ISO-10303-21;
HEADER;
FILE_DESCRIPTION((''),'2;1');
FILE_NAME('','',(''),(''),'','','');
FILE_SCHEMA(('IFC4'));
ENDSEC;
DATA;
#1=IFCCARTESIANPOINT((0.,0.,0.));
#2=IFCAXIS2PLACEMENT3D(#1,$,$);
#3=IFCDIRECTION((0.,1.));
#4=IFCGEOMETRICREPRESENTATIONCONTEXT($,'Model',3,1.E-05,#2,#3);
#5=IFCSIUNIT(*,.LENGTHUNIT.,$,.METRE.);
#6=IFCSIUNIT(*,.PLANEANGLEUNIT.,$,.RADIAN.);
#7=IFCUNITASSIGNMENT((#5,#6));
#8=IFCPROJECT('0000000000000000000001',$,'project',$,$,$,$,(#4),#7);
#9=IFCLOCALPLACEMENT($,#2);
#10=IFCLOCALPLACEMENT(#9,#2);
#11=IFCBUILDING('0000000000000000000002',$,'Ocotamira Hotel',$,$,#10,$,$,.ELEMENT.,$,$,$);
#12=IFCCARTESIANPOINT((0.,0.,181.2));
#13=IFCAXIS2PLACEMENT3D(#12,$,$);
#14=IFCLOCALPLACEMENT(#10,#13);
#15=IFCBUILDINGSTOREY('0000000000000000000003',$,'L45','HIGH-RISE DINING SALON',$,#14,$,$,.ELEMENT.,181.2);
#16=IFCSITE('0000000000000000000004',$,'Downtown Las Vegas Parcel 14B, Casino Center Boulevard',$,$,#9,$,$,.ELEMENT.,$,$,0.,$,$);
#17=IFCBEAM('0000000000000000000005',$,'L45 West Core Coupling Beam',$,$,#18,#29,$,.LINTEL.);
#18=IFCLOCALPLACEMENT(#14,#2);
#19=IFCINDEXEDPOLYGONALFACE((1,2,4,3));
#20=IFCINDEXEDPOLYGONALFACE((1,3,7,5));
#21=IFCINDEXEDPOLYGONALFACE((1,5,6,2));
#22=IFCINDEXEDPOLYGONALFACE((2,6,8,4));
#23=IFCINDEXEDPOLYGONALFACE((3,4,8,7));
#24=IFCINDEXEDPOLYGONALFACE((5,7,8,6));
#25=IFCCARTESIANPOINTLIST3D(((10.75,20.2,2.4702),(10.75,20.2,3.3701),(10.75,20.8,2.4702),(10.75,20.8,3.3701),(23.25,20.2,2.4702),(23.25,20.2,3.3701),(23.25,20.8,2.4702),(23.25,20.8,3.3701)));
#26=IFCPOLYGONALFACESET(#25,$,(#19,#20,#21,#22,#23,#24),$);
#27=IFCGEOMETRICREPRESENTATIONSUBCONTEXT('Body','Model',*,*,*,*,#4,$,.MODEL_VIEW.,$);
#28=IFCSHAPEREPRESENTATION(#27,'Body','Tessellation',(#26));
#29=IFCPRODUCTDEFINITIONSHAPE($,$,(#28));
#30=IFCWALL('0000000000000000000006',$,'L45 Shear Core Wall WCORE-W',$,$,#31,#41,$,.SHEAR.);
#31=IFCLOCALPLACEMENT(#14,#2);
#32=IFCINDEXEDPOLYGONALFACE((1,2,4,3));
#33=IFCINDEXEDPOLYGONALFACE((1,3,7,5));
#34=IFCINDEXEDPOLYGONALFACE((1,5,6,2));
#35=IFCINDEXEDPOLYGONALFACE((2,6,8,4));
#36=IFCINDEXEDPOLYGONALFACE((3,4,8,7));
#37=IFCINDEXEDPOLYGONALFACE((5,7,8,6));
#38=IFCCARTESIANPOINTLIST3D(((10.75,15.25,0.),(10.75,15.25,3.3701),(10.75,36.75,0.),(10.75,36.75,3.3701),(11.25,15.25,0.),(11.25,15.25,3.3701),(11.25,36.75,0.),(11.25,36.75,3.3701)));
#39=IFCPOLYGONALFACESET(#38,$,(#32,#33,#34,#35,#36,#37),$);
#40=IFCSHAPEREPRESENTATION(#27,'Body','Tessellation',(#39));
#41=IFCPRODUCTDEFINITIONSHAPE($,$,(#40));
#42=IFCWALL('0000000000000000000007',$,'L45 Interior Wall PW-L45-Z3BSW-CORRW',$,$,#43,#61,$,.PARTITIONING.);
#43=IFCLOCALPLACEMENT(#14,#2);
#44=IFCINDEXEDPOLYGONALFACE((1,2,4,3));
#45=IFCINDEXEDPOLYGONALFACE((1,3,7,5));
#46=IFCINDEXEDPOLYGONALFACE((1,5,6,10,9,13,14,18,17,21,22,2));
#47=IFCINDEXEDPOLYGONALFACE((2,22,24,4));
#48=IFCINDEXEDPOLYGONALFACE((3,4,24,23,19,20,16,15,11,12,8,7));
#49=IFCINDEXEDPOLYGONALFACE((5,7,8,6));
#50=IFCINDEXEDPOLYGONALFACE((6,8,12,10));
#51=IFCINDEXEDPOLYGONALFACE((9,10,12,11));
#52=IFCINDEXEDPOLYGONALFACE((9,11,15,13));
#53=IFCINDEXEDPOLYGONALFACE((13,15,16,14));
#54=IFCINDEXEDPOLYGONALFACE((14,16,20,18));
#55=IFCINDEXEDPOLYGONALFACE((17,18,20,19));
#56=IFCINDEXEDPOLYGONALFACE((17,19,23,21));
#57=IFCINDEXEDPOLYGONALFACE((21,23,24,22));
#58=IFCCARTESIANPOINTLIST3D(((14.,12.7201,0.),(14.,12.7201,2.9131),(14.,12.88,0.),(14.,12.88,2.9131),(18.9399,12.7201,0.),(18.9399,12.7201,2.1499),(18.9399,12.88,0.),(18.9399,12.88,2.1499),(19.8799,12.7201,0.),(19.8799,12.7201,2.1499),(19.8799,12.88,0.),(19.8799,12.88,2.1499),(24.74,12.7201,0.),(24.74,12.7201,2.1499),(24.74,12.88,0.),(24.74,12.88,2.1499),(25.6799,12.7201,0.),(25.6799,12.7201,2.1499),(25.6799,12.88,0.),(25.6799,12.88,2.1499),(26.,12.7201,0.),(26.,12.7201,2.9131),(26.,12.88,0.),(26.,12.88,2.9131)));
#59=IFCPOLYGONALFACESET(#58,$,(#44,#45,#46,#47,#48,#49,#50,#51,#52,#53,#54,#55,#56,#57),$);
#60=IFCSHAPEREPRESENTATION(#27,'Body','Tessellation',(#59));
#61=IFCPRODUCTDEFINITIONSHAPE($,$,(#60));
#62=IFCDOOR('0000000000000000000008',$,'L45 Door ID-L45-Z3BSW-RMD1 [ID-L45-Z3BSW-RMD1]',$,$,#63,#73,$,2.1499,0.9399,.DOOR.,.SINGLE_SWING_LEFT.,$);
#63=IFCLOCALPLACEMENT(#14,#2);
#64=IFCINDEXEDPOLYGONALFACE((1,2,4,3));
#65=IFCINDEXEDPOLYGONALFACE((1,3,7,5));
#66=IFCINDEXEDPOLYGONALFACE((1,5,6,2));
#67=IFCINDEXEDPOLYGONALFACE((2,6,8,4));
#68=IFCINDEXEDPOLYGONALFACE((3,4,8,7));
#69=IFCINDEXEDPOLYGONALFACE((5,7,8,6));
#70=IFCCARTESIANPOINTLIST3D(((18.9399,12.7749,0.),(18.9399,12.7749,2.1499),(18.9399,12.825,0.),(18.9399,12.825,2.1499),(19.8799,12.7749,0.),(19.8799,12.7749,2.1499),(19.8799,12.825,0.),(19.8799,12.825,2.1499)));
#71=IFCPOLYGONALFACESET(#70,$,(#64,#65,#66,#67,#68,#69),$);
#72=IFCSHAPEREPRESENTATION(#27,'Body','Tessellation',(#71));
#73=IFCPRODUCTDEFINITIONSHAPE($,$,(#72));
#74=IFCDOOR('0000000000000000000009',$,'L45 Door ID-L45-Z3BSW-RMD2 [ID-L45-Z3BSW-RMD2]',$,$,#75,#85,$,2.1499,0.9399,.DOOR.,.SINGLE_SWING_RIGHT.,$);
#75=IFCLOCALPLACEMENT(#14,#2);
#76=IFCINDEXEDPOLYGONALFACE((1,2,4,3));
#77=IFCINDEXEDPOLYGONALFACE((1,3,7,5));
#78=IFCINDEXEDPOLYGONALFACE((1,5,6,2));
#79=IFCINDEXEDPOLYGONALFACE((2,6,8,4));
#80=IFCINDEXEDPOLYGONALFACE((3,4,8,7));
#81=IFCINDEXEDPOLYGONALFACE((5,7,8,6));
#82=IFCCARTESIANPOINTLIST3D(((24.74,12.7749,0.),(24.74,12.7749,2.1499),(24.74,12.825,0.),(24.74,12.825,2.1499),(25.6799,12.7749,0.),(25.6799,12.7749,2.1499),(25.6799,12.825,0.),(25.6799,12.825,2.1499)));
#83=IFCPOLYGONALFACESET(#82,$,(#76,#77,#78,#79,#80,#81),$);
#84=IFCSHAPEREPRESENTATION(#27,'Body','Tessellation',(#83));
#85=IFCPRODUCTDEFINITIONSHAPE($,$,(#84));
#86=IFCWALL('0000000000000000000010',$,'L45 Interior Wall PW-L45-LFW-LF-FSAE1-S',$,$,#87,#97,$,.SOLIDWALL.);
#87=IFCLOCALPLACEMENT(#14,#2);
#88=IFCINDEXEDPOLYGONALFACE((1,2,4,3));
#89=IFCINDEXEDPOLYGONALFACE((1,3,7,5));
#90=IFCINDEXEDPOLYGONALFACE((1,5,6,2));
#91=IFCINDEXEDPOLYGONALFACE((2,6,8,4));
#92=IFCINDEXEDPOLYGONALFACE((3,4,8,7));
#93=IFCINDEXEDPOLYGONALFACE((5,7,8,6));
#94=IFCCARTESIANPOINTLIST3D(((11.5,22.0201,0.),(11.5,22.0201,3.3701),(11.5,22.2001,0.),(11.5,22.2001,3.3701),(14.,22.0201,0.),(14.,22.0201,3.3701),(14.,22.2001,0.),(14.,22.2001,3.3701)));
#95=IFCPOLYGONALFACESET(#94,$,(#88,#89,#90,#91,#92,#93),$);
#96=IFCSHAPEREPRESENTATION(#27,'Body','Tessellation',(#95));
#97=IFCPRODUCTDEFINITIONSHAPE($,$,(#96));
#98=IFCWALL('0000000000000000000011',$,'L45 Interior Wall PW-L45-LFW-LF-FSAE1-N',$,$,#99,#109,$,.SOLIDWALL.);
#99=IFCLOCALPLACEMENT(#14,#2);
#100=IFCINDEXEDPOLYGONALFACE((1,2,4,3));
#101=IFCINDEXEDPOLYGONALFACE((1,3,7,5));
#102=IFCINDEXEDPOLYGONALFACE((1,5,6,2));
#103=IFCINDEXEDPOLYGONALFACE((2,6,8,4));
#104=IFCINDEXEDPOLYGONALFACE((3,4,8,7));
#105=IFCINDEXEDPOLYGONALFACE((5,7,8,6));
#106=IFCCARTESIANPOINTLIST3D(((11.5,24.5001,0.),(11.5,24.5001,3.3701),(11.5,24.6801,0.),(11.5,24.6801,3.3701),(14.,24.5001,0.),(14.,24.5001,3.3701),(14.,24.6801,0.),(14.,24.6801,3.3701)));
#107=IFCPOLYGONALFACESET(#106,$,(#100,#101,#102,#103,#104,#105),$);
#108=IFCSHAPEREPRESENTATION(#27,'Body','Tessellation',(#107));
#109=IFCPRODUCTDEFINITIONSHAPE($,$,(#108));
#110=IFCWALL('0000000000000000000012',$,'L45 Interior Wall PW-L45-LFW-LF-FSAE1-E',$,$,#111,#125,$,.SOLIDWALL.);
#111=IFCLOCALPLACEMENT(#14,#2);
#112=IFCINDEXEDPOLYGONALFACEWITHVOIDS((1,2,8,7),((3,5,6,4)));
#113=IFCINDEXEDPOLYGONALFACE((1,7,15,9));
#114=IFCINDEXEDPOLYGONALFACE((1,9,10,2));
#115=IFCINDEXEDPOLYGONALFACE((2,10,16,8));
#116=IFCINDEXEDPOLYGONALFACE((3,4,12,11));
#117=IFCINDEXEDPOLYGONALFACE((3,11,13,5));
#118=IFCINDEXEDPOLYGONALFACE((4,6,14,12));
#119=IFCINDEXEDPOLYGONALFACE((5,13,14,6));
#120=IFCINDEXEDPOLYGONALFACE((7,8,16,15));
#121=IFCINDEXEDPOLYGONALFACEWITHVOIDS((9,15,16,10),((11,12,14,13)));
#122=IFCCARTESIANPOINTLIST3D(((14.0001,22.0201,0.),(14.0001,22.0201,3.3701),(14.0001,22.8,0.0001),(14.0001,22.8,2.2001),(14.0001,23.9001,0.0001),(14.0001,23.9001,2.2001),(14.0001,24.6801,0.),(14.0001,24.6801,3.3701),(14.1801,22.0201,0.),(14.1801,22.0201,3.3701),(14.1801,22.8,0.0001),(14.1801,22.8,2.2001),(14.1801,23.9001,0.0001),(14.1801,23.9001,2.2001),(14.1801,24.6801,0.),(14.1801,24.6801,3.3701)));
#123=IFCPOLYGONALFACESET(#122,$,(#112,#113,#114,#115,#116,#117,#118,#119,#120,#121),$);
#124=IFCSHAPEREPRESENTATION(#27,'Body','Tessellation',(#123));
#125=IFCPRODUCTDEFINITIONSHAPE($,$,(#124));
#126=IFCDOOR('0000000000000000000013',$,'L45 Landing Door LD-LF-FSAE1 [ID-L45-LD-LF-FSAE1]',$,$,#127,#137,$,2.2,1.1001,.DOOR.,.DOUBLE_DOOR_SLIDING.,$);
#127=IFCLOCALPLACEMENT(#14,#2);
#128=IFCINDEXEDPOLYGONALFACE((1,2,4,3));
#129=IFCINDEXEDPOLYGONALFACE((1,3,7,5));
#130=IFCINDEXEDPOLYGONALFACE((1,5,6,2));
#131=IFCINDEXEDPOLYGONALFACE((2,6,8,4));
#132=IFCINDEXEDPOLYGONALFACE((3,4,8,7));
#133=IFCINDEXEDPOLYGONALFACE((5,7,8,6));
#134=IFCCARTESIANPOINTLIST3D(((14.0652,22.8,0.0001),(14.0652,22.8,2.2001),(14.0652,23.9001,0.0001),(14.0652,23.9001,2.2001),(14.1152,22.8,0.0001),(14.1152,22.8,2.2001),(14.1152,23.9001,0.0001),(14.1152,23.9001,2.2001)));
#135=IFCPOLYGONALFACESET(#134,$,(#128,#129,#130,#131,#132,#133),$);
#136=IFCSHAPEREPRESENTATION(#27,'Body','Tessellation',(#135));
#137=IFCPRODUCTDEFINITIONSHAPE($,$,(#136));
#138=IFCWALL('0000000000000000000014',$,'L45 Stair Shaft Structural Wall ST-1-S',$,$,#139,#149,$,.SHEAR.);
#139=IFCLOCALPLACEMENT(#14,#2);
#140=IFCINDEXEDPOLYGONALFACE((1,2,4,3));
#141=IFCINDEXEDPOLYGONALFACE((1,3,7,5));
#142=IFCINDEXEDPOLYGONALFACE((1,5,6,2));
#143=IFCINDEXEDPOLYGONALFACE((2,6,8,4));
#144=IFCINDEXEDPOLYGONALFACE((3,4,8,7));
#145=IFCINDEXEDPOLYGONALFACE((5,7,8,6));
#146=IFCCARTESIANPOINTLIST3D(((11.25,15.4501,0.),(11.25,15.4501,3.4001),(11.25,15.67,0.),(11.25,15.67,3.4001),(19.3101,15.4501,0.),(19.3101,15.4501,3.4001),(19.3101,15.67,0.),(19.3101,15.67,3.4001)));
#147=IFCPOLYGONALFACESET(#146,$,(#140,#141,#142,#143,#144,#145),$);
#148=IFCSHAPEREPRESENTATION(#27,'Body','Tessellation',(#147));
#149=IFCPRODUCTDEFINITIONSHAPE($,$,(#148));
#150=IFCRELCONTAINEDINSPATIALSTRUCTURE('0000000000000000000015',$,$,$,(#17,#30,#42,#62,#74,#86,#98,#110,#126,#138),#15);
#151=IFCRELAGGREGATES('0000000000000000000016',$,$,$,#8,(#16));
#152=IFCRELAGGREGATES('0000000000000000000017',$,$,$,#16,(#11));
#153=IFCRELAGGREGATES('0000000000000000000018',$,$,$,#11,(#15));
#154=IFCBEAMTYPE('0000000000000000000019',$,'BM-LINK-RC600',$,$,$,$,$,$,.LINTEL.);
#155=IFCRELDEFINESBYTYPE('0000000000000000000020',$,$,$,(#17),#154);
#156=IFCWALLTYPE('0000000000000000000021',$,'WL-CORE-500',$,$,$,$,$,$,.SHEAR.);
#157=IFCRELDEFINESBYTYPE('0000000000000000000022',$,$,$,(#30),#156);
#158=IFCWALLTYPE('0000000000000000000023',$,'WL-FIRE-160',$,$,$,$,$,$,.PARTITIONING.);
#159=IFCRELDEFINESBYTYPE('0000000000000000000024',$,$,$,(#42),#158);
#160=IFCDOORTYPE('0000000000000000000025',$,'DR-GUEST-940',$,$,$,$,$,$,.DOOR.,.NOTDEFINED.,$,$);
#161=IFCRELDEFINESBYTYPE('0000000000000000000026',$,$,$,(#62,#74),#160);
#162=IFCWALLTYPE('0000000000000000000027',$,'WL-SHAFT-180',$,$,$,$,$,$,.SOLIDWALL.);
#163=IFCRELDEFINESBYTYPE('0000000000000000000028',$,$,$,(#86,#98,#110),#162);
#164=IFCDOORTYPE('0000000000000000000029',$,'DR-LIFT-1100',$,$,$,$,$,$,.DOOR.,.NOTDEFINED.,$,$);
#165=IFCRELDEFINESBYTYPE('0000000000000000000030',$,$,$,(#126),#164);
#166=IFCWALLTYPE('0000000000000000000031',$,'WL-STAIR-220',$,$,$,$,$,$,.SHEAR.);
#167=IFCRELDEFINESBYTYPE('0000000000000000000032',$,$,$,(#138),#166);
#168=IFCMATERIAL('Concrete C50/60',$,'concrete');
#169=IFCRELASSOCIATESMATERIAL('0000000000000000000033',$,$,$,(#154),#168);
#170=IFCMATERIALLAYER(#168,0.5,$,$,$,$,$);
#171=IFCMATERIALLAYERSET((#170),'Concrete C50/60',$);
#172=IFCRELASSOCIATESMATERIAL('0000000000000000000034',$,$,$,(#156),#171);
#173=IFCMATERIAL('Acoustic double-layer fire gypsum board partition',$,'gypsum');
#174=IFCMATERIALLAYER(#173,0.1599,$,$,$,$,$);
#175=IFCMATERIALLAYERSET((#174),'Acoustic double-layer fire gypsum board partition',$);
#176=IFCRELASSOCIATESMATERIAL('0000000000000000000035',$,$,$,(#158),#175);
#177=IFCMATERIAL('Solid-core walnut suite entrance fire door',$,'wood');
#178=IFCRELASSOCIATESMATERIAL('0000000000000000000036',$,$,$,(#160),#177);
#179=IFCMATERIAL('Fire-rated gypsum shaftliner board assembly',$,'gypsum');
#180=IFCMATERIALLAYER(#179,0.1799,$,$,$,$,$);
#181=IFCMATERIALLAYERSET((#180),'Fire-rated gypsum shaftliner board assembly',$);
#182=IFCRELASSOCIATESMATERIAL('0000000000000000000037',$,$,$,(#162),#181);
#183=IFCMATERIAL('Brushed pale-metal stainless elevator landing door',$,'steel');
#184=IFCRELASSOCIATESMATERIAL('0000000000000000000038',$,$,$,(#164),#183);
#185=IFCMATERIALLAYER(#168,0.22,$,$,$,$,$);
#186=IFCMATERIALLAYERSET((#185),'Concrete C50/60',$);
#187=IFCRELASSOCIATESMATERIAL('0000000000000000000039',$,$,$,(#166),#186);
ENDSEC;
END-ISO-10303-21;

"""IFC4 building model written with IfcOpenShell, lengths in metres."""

from ifc_helpers import new_model, si_unit, direction, frame, frame_2d, origin, origin_2d, place, context, subcontext, project, spatial, rectangle, extrude, source, transform, mapped, material, layer, layer_set, material_profile, profile_set, type_object, element, fill, save


model = new_model("IFC4")

# Units and contexts
model_context = context("Model", 3, precision=1e-05, world=origin(), true_north=direction((0.0, 1.0)))
body_context = subcontext(model_context, "Body", "Model", "MODEL_VIEW")
ifc_project = project(units=[si_unit("LENGTHUNIT", "METRE"), si_unit("PLANEANGLEUNIT", "RADIAN")], contexts=[model_context])

# Site, building, storey
site_placement = place(None, origin())
site = spatial("IfcSite", under=ifc_project, at=site_placement, Name="Downtown Las Vegas Parcel 14B, Casino Center Boulevard", CompositionType="ELEMENT", RefElevation=0.0)
building_placement = place(site_placement, origin())
building = spatial("IfcBuilding", under=site, at=building_placement, Name="Ocotamira Hotel", CompositionType="ELEMENT")
storey_placement = place(building_placement, frame((0.0, 0.0, 181.2)))
storey = spatial("IfcBuildingStorey", under=building, at=storey_placement, Name="L45", Description="HIGH-RISE DINING SALON", CompositionType="ELEMENT", Elevation=181.2)

# Beam
ifc_material_1 = material(Name="Concrete C50/60", Category="concrete")
ifc_material_profile = material_profile(ifc_material_1, rectangle(XDim=0.6001, YDim=0.8999, at=origin_2d()), Name="RC600X900")
ifc_profile_set = profile_set([ifc_material_profile], Name="Concrete C50/60")
beam_type = type_object("IfcBeamType", Name="BM-LINK-RC600", PredefinedType="LINTEL", material=ifc_profile_set)
shared_shape_1 = source(origin(), body_context, "Body", "SweptSolid", [
    extrude(rectangle(XDim=0.6001, YDim=0.8999, at=origin_2d()), origin(), (0.0, 0.0, 1.0), 12.5),
])
beam_placement = place(storey_placement, frame((10.75, 20.5, 2.9202), z_axis=(1.0, 0.0, 0.0), x_axis=(0.0, 1.0, 0.0)))
element("IfcBeam", 1, at=beam_placement, inside=storey, type_object=beam_type, Name="L45 West Core Coupling Beam", PredefinedType="LINTEL", context=body_context, shape_type="MappedRepresentation", body=[
    mapped(shared_shape_1, transform((0.0, 0.0, 0.0), scale=1.0)),
])

# Shared definitions
ifc_layer_1 = layer(ifc_material_1, 0.5)
ifc_layer_set_1 = layer_set([ifc_layer_1], Name="Concrete C50/60")
wall_type_1 = type_object("IfcWallType", Name="WL-CORE-500", PredefinedType="SHEAR", material=ifc_layer_set_1)

# Wall
wall_1_placement = place(storey_placement, frame((11.0, 15.25, 0.0), z_axis=(0.0, 0.0, 1.0), x_axis=(0.0, 1.0, 0.0)))
element("IfcWall", 2, at=wall_1_placement, inside=storey, type_object=wall_type_1, Name="L45 Shear Core Wall WCORE-W", PredefinedType="SHEAR", context=body_context, shape_type="SweptSolid", body=[
    extrude(rectangle(XDim=21.5, YDim=0.5, at=frame_2d((10.75, 0.0))), origin(), (0.0, 0.0, 1.0), 3.3701),
])

# Shared definitions
ifc_material_2 = material(Name="Acoustic double-layer fire gypsum board partition", Category="gypsum")
ifc_layer_2 = layer(ifc_material_2, 0.1599)
ifc_layer_set_2 = layer_set([ifc_layer_2], Name="Acoustic double-layer fire gypsum board partition")
wall_type_2 = type_object("IfcWallType", Name="WL-FIRE-160", PredefinedType="PARTITIONING", material=ifc_layer_set_2)

# Wall, openings, doors
wall_2_placement = place(storey_placement, frame((14.0, 12.8, 0.0), z_axis=(0.0, 0.0, 1.0), x_axis=(1.0, 0.0, 0.0)))
wall_2 = element("IfcWall", 3, at=wall_2_placement, inside=storey, type_object=wall_type_2, Name="L45 Interior Wall PW-L45-Z3BSW-CORRW", PredefinedType="PARTITIONING", context=body_context, shape_type="SweptSolid", body=[
    extrude(rectangle(XDim=12.0, YDim=0.1599, at=frame_2d((6.0, 0.0))), origin(), (0.0, 0.0, 1.0), 2.9131),
])
opening_1_placement = place(wall_2_placement, frame((4.9399, 0.0, 0.0)))
opening_1 = element("IfcOpeningElement", 4, at=opening_1_placement, cuts=wall_2, PredefinedType="OPENING", context=body_context, shape_type="SweptSolid", body=[
    extrude(rectangle(XDim=0.9399, YDim=2.1499, at=frame_2d((0.47, 1.075))), frame((0.0, 0.0898, 0.0), z_axis=(0.0, -1.0, 0.0), x_axis=(1.0, 0.0, 0.0)), (0.0, 0.0, 1.0), 0.1799),
])
opening_2_placement = place(wall_2_placement, frame((10.74, 0.0, 0.0)))
opening_2 = element("IfcOpeningElement", 5, at=opening_2_placement, cuts=wall_2, PredefinedType="OPENING", context=body_context, shape_type="SweptSolid", body=[
    extrude(rectangle(XDim=0.9399, YDim=2.1499, at=frame_2d((0.47, 1.075))), frame((0.0, 0.0898, 0.0), z_axis=(0.0, -1.0, 0.0), x_axis=(1.0, 0.0, 0.0)), (0.0, 0.0, 1.0), 0.1799),
])
ifc_material_3 = material(Name="Solid-core walnut suite entrance fire door", Category="wood")
door_type_1 = type_object("IfcDoorType", Name="DR-GUEST-940", OperationType="NOTDEFINED", PredefinedType="DOOR", material=ifc_material_3)
shared_shape_2 = source(origin(), body_context, "Body", "SweptSolid", [
    extrude(rectangle(XDim=0.9399, YDim=2.1499, at=frame_2d((0.47, 1.075))), frame((0.0, 0.0249, 0.0), z_axis=(0.0, -1.0, 0.0), x_axis=(1.0, 0.0, 0.0)), (0.0, 0.0, 1.0), 0.05),
])
door_1_placement = place(opening_1_placement, origin())
door_1 = element("IfcDoor", 6, at=door_1_placement, inside=storey, type_object=door_type_1, Name="L45 Door ID-L45-Z3BSW-RMD1 [ID-L45-Z3BSW-RMD1]", OperationType="SINGLE_SWING_LEFT", OverallHeight=2.1499, OverallWidth=0.9399, PredefinedType="DOOR", context=body_context, shape_type="MappedRepresentation", body=[
    mapped(shared_shape_2, transform((0.0, 0.0, 0.0), scale=1.0)),
])
fill(opening_1, door_1)
door_2_placement = place(opening_2_placement, origin())
door_2 = element("IfcDoor", 7, at=door_2_placement, inside=storey, type_object=door_type_1, Name="L45 Door ID-L45-Z3BSW-RMD2 [ID-L45-Z3BSW-RMD2]", OperationType="SINGLE_SWING_RIGHT", OverallHeight=2.1499, OverallWidth=0.9399, PredefinedType="DOOR", context=body_context, shape_type="MappedRepresentation", body=[
    mapped(shared_shape_2, transform((0.0, 0.0, 0.0), scale=1.0)),
])
fill(opening_2, door_2)

# Walls
ifc_material_4 = material(Name="Fire-rated gypsum shaftliner board assembly", Category="gypsum")
ifc_layer_3 = layer(ifc_material_4, 0.1799)
ifc_layer_set_3 = layer_set([ifc_layer_3], Name="Fire-rated gypsum shaftliner board assembly")
wall_type_3 = type_object("IfcWallType", Name="WL-SHAFT-180", PredefinedType="SOLIDWALL", material=ifc_layer_set_3)
for number, where, z_axis, x_axis, name in (
    (8, (11.5, 22.1101, 0.0), (0.0, 0.0, 1.0), (1.0, 0.0, 0.0), "L45 Interior Wall PW-L45-LFW-LF-FSAE1-S"),
    (9, (11.5, 24.5901, 0.0), (0.0, 0.0, 1.0), (1.0, 0.0, 0.0), "L45 Interior Wall PW-L45-LFW-LF-FSAE1-N"),
):
    element("IfcWall", number, at=place(storey_placement, frame(where, z_axis=z_axis, x_axis=x_axis)), inside=storey, type_object=wall_type_3, Name=name, PredefinedType="SOLIDWALL", context=body_context, shape_type="SweptSolid", body=[
        extrude(rectangle(XDim=2.5, YDim=0.1799, at=frame_2d((1.25, 0.0))), origin(), (0.0, 0.0, 1.0), 3.3701),
    ])

# Wall, opening, door
wall_3_placement = place(storey_placement, frame((14.0901, 22.02, 0.0), z_axis=(0.0, 0.0, 1.0), x_axis=(0.0, 1.0, 0.0)))
wall_3 = element("IfcWall", 10, at=wall_3_placement, inside=storey, type_object=wall_type_3, Name="L45 Interior Wall PW-L45-LFW-LF-FSAE1-E", PredefinedType="SOLIDWALL", context=body_context, shape_type="SweptSolid", body=[
    extrude(rectangle(XDim=2.6599, YDim=0.1799, at=frame_2d((1.3301, 0.0))), origin(), (0.0, 0.0, 1.0), 3.3701),
])
opening_3_placement = place(wall_3_placement, frame((0.78, 0.0, 0.0)))
opening_3 = element("IfcOpeningElement", 11, at=opening_3_placement, cuts=wall_3, PredefinedType="OPENING", context=body_context, shape_type="SweptSolid", body=[
    extrude(rectangle(XDim=1.1001, YDim=2.2, at=frame_2d((0.55, 1.1001))), frame((0.0, 0.1001, 0.0), z_axis=(0.0, -1.0, 0.0), x_axis=(1.0, 0.0, 0.0)), (0.0, 0.0, 1.0), 0.2),
])
ifc_material_5 = material(Name="Brushed pale-metal stainless elevator landing door", Category="steel")
door_type_2 = type_object("IfcDoorType", Name="DR-LIFT-1100", OperationType="NOTDEFINED", PredefinedType="DOOR", material=ifc_material_5)
shared_shape_3 = source(origin(), body_context, "Body", "SweptSolid", [
    extrude(rectangle(XDim=1.1001, YDim=2.2, at=frame_2d((0.55, 1.1001))), frame((0.0, 0.0249, 0.0), z_axis=(0.0, -1.0, 0.0), x_axis=(1.0, 0.0, 0.0)), (0.0, 0.0, 1.0), 0.05),
])
door_3_placement = place(opening_3_placement, origin())
door_3 = element("IfcDoor", 12, at=door_3_placement, inside=storey, type_object=door_type_2, Name="L45 Landing Door LD-LF-FSAE1 [ID-L45-LD-LF-FSAE1]", OperationType="DOUBLE_DOOR_SLIDING", OverallHeight=2.2, OverallWidth=1.1001, PredefinedType="DOOR", context=body_context, shape_type="MappedRepresentation", body=[
    mapped(shared_shape_3, transform((0.0, 0.0, 0.0), scale=1.0)),
])
fill(opening_3, door_3)

# Wall
ifc_layer_4 = layer(ifc_material_1, 0.22)
ifc_layer_set_4 = layer_set([ifc_layer_4], Name="Concrete C50/60")
wall_type_4 = type_object("IfcWallType", Name="WL-STAIR-220", PredefinedType="SHEAR", material=ifc_layer_set_4)
wall_4_placement = place(storey_placement, frame((11.25, 15.5601, 0.0), z_axis=(0.0, 0.0, 1.0), x_axis=(1.0, 0.0, 0.0)))
element("IfcWall", 13, at=wall_4_placement, inside=storey, type_object=wall_type_4, Name="L45 Stair Shaft Structural Wall ST-1-S", PredefinedType="SHEAR", context=body_context, shape_type="SweptSolid", body=[
    extrude(rectangle(XDim=8.0601, YDim=0.22, at=frame_2d((4.03, 0.0))), origin(), (0.0, 0.0, 1.0), 3.4001),
])

save(model, "model.ifc")
